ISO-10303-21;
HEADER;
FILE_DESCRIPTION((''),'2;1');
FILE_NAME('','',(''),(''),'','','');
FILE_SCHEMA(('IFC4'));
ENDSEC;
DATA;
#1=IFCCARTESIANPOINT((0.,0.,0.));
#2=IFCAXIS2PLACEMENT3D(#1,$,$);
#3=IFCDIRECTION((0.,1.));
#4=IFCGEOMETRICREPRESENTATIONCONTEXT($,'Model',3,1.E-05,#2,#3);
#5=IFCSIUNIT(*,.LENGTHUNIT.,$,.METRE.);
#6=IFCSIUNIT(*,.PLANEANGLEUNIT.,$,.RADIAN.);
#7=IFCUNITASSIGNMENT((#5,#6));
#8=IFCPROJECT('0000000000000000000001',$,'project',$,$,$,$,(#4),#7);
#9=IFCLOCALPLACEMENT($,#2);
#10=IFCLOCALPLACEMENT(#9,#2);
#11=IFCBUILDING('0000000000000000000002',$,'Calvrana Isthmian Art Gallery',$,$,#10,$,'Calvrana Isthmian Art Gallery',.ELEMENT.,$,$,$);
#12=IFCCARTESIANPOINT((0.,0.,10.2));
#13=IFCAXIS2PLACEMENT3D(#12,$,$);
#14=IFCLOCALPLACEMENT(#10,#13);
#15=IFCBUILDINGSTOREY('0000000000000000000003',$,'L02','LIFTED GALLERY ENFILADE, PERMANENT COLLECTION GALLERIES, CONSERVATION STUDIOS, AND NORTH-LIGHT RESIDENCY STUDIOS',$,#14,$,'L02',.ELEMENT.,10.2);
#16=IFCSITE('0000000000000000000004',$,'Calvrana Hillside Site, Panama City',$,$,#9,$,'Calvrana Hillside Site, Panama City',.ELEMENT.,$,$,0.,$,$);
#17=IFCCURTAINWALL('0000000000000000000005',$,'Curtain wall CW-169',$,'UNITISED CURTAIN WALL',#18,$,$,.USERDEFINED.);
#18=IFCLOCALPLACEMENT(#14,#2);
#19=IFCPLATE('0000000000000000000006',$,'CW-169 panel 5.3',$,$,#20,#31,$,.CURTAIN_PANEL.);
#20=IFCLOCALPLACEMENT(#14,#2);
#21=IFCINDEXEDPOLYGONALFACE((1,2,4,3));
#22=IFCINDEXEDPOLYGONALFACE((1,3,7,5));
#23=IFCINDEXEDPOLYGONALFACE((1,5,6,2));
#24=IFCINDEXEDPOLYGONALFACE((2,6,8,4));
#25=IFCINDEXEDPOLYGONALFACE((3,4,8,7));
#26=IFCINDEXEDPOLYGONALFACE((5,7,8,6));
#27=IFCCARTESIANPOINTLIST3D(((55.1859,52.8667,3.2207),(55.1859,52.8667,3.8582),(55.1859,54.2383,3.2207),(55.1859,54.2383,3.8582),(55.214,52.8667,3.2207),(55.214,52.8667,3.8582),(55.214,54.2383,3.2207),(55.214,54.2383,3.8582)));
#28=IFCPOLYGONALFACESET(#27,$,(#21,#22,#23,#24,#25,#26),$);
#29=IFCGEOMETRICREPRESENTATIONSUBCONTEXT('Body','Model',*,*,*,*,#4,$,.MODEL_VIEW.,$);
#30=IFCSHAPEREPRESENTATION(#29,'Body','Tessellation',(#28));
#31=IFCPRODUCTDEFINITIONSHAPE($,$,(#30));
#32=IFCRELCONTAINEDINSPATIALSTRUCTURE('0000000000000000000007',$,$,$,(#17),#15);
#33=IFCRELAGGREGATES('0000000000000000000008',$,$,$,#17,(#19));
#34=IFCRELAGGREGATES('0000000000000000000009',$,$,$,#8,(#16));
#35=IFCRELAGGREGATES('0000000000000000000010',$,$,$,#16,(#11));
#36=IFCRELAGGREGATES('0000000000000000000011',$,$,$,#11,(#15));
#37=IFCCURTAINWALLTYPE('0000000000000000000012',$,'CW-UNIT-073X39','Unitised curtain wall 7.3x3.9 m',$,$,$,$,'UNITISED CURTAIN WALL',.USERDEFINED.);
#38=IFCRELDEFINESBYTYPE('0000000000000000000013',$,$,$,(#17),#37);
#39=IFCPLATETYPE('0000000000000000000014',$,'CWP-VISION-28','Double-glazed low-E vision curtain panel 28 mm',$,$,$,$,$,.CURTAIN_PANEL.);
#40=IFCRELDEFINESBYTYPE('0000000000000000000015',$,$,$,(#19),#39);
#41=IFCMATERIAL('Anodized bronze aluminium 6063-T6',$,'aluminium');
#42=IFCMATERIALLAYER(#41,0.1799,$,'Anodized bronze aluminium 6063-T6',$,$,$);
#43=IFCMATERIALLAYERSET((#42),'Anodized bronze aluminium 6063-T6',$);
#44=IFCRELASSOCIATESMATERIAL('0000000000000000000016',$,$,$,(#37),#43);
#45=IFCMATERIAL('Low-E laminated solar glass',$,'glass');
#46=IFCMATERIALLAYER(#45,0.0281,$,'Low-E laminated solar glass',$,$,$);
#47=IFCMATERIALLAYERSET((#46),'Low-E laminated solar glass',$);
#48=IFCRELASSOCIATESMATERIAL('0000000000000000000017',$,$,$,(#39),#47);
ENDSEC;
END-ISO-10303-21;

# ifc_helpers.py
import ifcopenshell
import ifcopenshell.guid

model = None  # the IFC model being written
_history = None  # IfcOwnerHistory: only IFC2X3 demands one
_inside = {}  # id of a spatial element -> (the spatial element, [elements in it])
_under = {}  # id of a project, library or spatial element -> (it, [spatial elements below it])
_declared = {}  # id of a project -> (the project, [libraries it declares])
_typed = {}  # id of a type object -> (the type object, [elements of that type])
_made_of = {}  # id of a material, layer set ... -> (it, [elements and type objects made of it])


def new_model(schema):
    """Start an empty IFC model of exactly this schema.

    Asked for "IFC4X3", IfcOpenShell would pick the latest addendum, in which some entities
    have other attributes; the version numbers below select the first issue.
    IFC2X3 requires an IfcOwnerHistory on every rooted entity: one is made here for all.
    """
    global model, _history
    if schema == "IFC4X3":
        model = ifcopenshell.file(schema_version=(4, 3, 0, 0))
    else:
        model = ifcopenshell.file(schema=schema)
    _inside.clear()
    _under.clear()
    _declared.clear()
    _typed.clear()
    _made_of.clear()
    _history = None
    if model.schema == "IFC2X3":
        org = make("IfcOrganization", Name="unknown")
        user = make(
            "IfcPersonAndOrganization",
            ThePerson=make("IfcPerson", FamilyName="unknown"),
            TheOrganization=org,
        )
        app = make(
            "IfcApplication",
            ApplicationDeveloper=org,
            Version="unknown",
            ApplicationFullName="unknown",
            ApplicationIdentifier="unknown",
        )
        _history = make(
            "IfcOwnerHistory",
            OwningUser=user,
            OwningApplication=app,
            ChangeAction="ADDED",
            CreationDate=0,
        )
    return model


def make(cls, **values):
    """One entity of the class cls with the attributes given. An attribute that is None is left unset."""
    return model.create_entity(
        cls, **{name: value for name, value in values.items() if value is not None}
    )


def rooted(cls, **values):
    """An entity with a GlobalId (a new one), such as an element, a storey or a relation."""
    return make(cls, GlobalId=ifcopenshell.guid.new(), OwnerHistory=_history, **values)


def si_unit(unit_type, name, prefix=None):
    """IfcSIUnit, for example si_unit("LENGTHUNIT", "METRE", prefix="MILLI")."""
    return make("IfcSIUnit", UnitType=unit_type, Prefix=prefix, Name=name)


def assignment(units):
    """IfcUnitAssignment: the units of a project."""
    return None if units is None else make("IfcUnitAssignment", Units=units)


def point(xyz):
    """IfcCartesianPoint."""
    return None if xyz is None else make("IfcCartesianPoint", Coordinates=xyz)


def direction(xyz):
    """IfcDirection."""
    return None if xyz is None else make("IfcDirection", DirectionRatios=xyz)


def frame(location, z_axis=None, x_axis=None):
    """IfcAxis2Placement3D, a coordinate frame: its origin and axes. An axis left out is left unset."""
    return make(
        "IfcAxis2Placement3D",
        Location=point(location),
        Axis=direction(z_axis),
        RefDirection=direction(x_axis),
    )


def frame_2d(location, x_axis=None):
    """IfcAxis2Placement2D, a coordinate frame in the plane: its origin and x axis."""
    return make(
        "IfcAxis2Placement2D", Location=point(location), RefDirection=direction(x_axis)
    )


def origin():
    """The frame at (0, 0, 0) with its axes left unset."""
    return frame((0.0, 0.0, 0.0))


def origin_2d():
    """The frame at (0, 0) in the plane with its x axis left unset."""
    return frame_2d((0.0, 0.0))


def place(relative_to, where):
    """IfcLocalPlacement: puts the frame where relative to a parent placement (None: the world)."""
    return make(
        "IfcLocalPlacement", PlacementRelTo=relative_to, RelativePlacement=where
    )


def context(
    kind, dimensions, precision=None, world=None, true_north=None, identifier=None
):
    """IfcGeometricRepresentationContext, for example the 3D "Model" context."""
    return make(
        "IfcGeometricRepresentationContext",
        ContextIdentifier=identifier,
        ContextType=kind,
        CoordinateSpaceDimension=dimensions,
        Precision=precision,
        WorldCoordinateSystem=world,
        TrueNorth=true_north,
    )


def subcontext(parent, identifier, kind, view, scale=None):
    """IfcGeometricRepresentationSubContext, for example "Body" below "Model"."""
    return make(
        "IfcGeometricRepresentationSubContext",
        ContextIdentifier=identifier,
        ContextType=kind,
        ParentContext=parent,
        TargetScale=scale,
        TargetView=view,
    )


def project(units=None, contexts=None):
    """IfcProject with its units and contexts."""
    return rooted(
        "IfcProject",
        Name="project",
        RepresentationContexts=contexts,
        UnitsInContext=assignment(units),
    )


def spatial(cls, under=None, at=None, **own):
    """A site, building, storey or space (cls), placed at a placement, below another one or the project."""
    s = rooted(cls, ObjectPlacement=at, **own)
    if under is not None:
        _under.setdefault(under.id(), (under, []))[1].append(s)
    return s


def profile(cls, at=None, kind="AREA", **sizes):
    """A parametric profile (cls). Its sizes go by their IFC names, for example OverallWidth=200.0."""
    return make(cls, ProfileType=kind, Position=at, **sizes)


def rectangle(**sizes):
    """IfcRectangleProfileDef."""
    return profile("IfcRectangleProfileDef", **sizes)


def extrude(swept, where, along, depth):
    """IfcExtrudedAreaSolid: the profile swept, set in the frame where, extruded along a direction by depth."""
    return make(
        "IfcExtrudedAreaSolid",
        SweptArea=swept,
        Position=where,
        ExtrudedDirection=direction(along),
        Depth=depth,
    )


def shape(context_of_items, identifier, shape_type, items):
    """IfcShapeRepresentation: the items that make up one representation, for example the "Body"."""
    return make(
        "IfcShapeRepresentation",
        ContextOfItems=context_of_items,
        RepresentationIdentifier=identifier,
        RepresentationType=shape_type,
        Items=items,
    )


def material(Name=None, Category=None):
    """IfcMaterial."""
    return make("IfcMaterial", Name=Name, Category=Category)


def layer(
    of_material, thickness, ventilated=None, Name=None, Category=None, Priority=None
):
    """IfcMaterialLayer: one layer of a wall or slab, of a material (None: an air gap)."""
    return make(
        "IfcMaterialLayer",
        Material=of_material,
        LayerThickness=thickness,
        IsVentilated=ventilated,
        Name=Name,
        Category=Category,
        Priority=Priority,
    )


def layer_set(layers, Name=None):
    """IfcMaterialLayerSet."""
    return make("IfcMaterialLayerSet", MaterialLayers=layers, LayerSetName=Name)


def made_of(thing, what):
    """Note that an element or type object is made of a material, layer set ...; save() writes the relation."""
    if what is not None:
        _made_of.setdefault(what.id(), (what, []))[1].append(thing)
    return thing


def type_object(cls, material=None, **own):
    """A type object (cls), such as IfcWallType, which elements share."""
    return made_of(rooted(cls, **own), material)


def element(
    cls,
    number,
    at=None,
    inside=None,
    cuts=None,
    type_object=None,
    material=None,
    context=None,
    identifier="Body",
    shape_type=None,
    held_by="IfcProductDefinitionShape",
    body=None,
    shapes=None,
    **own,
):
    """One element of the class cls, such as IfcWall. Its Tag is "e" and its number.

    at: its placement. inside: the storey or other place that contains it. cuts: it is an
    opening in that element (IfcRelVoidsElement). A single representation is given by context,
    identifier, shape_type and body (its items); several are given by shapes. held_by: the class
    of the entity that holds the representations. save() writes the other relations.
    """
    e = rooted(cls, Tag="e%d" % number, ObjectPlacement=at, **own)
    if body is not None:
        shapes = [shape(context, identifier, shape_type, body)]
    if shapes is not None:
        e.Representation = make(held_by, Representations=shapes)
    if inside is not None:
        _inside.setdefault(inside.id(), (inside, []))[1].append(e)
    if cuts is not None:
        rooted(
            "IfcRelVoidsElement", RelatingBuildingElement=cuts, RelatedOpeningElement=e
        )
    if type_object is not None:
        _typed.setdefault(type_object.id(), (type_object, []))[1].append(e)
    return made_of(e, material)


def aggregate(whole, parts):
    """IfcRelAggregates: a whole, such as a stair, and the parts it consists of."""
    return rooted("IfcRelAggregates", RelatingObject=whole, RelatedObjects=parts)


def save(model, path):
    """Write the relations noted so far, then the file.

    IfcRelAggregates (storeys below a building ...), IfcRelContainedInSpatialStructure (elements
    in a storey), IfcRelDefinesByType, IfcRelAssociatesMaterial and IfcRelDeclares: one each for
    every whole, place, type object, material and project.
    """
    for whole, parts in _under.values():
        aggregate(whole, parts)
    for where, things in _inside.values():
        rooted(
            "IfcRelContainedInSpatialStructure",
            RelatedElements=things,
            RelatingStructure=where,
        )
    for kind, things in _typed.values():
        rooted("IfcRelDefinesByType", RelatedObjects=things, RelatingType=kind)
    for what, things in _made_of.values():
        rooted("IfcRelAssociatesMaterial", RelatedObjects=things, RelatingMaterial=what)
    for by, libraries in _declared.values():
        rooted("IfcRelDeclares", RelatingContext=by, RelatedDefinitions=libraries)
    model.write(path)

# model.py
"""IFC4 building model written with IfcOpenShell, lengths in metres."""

from ifc_helpers import new_model, si_unit, direction, frame, origin, origin_2d, place, context, subcontext, project, spatial, rectangle, extrude, material, layer, layer_set, type_object, element, aggregate, save


model = new_model("IFC4")

# Units and contexts
model_context = context("Model", 3, precision=1e-05, world=origin(), true_north=direction((0.0, 1.0)))
body_context = subcontext(model_context, "Body", "Model", "MODEL_VIEW")
ifc_project = project(units=[si_unit("LENGTHUNIT", "METRE"), si_unit("PLANEANGLEUNIT", "RADIAN")], contexts=[model_context])

# Site, building, storey
site_placement = place(None, origin())
site = spatial("IfcSite", under=ifc_project, at=site_placement, Name="Calvrana Hillside Site, Panama City", LongName="Calvrana Hillside Site, Panama City", CompositionType="ELEMENT", RefElevation=0.0)
building_placement = place(site_placement, origin())
building = spatial("IfcBuilding", under=site, at=building_placement, Name="Calvrana Isthmian Art Gallery", LongName="Calvrana Isthmian Art Gallery", CompositionType="ELEMENT")
storey_placement = place(building_placement, frame((0.0, 0.0, 10.2)))
storey = spatial("IfcBuildingStorey", under=building, at=storey_placement, Name="L02", Description="LIFTED GALLERY ENFILADE, PERMANENT COLLECTION GALLERIES, CONSERVATION STUDIOS, AND NORTH-LIGHT RESIDENCY STUDIOS", LongName="L02", CompositionType="ELEMENT", Elevation=10.2)

# Curtain wall, plate
ifc_material_1 = material(Name="Anodized bronze aluminium 6063-T6", Category="aluminium")
ifc_layer_1 = layer(ifc_material_1, 0.1799, Name="Anodized bronze aluminium 6063-T6")
ifc_layer_set_1 = layer_set([ifc_layer_1], Name="Anodized bronze aluminium 6063-T6")
curtain_wall_type = type_object("IfcCurtainWallType", Name="CW-UNIT-073X39", Description="Unitised curtain wall 7.3x3.9 m", ElementType="UNITISED CURTAIN WALL", PredefinedType="USERDEFINED", material=ifc_layer_set_1)
curtain_wall_placement = place(storey_placement, origin())
curtain_wall = element("IfcCurtainWall", 1, at=curtain_wall_placement, inside=storey, type_object=curtain_wall_type, Name="Curtain wall CW-169", ObjectType="UNITISED CURTAIN WALL", PredefinedType="USERDEFINED")
ifc_material_2 = material(Name="Low-E laminated solar glass", Category="glass")
ifc_layer_2 = layer(ifc_material_2, 0.0281, Name="Low-E laminated solar glass")
ifc_layer_set_2 = layer_set([ifc_layer_2], Name="Low-E laminated solar glass")
plate_type = type_object("IfcPlateType", Name="CWP-VISION-28", Description="Double-glazed low-E vision curtain panel 28 mm", PredefinedType="CURTAIN_PANEL", material=ifc_layer_set_2)
plate_1_placement = place(storey_placement, frame((55.2, 53.5525, 3.2207), z_axis=(0.0, 0.0, 1.0), x_axis=(0.0, 1.0, 0.0)))
plate_1 = element("IfcPlate", 2, at=plate_1_placement, type_object=plate_type, Name="CW-169 panel 5.3", PredefinedType="CURTAIN_PANEL", context=body_context, shape_type="SweptSolid", body=[
    extrude(rectangle(XDim=1.3716, YDim=0.0281, at=origin_2d()), origin(), (0.0, 0.0, 1.0), 0.6375),
])
aggregate(curtain_wall, [plate_1])

save(model, "model.ifc")
